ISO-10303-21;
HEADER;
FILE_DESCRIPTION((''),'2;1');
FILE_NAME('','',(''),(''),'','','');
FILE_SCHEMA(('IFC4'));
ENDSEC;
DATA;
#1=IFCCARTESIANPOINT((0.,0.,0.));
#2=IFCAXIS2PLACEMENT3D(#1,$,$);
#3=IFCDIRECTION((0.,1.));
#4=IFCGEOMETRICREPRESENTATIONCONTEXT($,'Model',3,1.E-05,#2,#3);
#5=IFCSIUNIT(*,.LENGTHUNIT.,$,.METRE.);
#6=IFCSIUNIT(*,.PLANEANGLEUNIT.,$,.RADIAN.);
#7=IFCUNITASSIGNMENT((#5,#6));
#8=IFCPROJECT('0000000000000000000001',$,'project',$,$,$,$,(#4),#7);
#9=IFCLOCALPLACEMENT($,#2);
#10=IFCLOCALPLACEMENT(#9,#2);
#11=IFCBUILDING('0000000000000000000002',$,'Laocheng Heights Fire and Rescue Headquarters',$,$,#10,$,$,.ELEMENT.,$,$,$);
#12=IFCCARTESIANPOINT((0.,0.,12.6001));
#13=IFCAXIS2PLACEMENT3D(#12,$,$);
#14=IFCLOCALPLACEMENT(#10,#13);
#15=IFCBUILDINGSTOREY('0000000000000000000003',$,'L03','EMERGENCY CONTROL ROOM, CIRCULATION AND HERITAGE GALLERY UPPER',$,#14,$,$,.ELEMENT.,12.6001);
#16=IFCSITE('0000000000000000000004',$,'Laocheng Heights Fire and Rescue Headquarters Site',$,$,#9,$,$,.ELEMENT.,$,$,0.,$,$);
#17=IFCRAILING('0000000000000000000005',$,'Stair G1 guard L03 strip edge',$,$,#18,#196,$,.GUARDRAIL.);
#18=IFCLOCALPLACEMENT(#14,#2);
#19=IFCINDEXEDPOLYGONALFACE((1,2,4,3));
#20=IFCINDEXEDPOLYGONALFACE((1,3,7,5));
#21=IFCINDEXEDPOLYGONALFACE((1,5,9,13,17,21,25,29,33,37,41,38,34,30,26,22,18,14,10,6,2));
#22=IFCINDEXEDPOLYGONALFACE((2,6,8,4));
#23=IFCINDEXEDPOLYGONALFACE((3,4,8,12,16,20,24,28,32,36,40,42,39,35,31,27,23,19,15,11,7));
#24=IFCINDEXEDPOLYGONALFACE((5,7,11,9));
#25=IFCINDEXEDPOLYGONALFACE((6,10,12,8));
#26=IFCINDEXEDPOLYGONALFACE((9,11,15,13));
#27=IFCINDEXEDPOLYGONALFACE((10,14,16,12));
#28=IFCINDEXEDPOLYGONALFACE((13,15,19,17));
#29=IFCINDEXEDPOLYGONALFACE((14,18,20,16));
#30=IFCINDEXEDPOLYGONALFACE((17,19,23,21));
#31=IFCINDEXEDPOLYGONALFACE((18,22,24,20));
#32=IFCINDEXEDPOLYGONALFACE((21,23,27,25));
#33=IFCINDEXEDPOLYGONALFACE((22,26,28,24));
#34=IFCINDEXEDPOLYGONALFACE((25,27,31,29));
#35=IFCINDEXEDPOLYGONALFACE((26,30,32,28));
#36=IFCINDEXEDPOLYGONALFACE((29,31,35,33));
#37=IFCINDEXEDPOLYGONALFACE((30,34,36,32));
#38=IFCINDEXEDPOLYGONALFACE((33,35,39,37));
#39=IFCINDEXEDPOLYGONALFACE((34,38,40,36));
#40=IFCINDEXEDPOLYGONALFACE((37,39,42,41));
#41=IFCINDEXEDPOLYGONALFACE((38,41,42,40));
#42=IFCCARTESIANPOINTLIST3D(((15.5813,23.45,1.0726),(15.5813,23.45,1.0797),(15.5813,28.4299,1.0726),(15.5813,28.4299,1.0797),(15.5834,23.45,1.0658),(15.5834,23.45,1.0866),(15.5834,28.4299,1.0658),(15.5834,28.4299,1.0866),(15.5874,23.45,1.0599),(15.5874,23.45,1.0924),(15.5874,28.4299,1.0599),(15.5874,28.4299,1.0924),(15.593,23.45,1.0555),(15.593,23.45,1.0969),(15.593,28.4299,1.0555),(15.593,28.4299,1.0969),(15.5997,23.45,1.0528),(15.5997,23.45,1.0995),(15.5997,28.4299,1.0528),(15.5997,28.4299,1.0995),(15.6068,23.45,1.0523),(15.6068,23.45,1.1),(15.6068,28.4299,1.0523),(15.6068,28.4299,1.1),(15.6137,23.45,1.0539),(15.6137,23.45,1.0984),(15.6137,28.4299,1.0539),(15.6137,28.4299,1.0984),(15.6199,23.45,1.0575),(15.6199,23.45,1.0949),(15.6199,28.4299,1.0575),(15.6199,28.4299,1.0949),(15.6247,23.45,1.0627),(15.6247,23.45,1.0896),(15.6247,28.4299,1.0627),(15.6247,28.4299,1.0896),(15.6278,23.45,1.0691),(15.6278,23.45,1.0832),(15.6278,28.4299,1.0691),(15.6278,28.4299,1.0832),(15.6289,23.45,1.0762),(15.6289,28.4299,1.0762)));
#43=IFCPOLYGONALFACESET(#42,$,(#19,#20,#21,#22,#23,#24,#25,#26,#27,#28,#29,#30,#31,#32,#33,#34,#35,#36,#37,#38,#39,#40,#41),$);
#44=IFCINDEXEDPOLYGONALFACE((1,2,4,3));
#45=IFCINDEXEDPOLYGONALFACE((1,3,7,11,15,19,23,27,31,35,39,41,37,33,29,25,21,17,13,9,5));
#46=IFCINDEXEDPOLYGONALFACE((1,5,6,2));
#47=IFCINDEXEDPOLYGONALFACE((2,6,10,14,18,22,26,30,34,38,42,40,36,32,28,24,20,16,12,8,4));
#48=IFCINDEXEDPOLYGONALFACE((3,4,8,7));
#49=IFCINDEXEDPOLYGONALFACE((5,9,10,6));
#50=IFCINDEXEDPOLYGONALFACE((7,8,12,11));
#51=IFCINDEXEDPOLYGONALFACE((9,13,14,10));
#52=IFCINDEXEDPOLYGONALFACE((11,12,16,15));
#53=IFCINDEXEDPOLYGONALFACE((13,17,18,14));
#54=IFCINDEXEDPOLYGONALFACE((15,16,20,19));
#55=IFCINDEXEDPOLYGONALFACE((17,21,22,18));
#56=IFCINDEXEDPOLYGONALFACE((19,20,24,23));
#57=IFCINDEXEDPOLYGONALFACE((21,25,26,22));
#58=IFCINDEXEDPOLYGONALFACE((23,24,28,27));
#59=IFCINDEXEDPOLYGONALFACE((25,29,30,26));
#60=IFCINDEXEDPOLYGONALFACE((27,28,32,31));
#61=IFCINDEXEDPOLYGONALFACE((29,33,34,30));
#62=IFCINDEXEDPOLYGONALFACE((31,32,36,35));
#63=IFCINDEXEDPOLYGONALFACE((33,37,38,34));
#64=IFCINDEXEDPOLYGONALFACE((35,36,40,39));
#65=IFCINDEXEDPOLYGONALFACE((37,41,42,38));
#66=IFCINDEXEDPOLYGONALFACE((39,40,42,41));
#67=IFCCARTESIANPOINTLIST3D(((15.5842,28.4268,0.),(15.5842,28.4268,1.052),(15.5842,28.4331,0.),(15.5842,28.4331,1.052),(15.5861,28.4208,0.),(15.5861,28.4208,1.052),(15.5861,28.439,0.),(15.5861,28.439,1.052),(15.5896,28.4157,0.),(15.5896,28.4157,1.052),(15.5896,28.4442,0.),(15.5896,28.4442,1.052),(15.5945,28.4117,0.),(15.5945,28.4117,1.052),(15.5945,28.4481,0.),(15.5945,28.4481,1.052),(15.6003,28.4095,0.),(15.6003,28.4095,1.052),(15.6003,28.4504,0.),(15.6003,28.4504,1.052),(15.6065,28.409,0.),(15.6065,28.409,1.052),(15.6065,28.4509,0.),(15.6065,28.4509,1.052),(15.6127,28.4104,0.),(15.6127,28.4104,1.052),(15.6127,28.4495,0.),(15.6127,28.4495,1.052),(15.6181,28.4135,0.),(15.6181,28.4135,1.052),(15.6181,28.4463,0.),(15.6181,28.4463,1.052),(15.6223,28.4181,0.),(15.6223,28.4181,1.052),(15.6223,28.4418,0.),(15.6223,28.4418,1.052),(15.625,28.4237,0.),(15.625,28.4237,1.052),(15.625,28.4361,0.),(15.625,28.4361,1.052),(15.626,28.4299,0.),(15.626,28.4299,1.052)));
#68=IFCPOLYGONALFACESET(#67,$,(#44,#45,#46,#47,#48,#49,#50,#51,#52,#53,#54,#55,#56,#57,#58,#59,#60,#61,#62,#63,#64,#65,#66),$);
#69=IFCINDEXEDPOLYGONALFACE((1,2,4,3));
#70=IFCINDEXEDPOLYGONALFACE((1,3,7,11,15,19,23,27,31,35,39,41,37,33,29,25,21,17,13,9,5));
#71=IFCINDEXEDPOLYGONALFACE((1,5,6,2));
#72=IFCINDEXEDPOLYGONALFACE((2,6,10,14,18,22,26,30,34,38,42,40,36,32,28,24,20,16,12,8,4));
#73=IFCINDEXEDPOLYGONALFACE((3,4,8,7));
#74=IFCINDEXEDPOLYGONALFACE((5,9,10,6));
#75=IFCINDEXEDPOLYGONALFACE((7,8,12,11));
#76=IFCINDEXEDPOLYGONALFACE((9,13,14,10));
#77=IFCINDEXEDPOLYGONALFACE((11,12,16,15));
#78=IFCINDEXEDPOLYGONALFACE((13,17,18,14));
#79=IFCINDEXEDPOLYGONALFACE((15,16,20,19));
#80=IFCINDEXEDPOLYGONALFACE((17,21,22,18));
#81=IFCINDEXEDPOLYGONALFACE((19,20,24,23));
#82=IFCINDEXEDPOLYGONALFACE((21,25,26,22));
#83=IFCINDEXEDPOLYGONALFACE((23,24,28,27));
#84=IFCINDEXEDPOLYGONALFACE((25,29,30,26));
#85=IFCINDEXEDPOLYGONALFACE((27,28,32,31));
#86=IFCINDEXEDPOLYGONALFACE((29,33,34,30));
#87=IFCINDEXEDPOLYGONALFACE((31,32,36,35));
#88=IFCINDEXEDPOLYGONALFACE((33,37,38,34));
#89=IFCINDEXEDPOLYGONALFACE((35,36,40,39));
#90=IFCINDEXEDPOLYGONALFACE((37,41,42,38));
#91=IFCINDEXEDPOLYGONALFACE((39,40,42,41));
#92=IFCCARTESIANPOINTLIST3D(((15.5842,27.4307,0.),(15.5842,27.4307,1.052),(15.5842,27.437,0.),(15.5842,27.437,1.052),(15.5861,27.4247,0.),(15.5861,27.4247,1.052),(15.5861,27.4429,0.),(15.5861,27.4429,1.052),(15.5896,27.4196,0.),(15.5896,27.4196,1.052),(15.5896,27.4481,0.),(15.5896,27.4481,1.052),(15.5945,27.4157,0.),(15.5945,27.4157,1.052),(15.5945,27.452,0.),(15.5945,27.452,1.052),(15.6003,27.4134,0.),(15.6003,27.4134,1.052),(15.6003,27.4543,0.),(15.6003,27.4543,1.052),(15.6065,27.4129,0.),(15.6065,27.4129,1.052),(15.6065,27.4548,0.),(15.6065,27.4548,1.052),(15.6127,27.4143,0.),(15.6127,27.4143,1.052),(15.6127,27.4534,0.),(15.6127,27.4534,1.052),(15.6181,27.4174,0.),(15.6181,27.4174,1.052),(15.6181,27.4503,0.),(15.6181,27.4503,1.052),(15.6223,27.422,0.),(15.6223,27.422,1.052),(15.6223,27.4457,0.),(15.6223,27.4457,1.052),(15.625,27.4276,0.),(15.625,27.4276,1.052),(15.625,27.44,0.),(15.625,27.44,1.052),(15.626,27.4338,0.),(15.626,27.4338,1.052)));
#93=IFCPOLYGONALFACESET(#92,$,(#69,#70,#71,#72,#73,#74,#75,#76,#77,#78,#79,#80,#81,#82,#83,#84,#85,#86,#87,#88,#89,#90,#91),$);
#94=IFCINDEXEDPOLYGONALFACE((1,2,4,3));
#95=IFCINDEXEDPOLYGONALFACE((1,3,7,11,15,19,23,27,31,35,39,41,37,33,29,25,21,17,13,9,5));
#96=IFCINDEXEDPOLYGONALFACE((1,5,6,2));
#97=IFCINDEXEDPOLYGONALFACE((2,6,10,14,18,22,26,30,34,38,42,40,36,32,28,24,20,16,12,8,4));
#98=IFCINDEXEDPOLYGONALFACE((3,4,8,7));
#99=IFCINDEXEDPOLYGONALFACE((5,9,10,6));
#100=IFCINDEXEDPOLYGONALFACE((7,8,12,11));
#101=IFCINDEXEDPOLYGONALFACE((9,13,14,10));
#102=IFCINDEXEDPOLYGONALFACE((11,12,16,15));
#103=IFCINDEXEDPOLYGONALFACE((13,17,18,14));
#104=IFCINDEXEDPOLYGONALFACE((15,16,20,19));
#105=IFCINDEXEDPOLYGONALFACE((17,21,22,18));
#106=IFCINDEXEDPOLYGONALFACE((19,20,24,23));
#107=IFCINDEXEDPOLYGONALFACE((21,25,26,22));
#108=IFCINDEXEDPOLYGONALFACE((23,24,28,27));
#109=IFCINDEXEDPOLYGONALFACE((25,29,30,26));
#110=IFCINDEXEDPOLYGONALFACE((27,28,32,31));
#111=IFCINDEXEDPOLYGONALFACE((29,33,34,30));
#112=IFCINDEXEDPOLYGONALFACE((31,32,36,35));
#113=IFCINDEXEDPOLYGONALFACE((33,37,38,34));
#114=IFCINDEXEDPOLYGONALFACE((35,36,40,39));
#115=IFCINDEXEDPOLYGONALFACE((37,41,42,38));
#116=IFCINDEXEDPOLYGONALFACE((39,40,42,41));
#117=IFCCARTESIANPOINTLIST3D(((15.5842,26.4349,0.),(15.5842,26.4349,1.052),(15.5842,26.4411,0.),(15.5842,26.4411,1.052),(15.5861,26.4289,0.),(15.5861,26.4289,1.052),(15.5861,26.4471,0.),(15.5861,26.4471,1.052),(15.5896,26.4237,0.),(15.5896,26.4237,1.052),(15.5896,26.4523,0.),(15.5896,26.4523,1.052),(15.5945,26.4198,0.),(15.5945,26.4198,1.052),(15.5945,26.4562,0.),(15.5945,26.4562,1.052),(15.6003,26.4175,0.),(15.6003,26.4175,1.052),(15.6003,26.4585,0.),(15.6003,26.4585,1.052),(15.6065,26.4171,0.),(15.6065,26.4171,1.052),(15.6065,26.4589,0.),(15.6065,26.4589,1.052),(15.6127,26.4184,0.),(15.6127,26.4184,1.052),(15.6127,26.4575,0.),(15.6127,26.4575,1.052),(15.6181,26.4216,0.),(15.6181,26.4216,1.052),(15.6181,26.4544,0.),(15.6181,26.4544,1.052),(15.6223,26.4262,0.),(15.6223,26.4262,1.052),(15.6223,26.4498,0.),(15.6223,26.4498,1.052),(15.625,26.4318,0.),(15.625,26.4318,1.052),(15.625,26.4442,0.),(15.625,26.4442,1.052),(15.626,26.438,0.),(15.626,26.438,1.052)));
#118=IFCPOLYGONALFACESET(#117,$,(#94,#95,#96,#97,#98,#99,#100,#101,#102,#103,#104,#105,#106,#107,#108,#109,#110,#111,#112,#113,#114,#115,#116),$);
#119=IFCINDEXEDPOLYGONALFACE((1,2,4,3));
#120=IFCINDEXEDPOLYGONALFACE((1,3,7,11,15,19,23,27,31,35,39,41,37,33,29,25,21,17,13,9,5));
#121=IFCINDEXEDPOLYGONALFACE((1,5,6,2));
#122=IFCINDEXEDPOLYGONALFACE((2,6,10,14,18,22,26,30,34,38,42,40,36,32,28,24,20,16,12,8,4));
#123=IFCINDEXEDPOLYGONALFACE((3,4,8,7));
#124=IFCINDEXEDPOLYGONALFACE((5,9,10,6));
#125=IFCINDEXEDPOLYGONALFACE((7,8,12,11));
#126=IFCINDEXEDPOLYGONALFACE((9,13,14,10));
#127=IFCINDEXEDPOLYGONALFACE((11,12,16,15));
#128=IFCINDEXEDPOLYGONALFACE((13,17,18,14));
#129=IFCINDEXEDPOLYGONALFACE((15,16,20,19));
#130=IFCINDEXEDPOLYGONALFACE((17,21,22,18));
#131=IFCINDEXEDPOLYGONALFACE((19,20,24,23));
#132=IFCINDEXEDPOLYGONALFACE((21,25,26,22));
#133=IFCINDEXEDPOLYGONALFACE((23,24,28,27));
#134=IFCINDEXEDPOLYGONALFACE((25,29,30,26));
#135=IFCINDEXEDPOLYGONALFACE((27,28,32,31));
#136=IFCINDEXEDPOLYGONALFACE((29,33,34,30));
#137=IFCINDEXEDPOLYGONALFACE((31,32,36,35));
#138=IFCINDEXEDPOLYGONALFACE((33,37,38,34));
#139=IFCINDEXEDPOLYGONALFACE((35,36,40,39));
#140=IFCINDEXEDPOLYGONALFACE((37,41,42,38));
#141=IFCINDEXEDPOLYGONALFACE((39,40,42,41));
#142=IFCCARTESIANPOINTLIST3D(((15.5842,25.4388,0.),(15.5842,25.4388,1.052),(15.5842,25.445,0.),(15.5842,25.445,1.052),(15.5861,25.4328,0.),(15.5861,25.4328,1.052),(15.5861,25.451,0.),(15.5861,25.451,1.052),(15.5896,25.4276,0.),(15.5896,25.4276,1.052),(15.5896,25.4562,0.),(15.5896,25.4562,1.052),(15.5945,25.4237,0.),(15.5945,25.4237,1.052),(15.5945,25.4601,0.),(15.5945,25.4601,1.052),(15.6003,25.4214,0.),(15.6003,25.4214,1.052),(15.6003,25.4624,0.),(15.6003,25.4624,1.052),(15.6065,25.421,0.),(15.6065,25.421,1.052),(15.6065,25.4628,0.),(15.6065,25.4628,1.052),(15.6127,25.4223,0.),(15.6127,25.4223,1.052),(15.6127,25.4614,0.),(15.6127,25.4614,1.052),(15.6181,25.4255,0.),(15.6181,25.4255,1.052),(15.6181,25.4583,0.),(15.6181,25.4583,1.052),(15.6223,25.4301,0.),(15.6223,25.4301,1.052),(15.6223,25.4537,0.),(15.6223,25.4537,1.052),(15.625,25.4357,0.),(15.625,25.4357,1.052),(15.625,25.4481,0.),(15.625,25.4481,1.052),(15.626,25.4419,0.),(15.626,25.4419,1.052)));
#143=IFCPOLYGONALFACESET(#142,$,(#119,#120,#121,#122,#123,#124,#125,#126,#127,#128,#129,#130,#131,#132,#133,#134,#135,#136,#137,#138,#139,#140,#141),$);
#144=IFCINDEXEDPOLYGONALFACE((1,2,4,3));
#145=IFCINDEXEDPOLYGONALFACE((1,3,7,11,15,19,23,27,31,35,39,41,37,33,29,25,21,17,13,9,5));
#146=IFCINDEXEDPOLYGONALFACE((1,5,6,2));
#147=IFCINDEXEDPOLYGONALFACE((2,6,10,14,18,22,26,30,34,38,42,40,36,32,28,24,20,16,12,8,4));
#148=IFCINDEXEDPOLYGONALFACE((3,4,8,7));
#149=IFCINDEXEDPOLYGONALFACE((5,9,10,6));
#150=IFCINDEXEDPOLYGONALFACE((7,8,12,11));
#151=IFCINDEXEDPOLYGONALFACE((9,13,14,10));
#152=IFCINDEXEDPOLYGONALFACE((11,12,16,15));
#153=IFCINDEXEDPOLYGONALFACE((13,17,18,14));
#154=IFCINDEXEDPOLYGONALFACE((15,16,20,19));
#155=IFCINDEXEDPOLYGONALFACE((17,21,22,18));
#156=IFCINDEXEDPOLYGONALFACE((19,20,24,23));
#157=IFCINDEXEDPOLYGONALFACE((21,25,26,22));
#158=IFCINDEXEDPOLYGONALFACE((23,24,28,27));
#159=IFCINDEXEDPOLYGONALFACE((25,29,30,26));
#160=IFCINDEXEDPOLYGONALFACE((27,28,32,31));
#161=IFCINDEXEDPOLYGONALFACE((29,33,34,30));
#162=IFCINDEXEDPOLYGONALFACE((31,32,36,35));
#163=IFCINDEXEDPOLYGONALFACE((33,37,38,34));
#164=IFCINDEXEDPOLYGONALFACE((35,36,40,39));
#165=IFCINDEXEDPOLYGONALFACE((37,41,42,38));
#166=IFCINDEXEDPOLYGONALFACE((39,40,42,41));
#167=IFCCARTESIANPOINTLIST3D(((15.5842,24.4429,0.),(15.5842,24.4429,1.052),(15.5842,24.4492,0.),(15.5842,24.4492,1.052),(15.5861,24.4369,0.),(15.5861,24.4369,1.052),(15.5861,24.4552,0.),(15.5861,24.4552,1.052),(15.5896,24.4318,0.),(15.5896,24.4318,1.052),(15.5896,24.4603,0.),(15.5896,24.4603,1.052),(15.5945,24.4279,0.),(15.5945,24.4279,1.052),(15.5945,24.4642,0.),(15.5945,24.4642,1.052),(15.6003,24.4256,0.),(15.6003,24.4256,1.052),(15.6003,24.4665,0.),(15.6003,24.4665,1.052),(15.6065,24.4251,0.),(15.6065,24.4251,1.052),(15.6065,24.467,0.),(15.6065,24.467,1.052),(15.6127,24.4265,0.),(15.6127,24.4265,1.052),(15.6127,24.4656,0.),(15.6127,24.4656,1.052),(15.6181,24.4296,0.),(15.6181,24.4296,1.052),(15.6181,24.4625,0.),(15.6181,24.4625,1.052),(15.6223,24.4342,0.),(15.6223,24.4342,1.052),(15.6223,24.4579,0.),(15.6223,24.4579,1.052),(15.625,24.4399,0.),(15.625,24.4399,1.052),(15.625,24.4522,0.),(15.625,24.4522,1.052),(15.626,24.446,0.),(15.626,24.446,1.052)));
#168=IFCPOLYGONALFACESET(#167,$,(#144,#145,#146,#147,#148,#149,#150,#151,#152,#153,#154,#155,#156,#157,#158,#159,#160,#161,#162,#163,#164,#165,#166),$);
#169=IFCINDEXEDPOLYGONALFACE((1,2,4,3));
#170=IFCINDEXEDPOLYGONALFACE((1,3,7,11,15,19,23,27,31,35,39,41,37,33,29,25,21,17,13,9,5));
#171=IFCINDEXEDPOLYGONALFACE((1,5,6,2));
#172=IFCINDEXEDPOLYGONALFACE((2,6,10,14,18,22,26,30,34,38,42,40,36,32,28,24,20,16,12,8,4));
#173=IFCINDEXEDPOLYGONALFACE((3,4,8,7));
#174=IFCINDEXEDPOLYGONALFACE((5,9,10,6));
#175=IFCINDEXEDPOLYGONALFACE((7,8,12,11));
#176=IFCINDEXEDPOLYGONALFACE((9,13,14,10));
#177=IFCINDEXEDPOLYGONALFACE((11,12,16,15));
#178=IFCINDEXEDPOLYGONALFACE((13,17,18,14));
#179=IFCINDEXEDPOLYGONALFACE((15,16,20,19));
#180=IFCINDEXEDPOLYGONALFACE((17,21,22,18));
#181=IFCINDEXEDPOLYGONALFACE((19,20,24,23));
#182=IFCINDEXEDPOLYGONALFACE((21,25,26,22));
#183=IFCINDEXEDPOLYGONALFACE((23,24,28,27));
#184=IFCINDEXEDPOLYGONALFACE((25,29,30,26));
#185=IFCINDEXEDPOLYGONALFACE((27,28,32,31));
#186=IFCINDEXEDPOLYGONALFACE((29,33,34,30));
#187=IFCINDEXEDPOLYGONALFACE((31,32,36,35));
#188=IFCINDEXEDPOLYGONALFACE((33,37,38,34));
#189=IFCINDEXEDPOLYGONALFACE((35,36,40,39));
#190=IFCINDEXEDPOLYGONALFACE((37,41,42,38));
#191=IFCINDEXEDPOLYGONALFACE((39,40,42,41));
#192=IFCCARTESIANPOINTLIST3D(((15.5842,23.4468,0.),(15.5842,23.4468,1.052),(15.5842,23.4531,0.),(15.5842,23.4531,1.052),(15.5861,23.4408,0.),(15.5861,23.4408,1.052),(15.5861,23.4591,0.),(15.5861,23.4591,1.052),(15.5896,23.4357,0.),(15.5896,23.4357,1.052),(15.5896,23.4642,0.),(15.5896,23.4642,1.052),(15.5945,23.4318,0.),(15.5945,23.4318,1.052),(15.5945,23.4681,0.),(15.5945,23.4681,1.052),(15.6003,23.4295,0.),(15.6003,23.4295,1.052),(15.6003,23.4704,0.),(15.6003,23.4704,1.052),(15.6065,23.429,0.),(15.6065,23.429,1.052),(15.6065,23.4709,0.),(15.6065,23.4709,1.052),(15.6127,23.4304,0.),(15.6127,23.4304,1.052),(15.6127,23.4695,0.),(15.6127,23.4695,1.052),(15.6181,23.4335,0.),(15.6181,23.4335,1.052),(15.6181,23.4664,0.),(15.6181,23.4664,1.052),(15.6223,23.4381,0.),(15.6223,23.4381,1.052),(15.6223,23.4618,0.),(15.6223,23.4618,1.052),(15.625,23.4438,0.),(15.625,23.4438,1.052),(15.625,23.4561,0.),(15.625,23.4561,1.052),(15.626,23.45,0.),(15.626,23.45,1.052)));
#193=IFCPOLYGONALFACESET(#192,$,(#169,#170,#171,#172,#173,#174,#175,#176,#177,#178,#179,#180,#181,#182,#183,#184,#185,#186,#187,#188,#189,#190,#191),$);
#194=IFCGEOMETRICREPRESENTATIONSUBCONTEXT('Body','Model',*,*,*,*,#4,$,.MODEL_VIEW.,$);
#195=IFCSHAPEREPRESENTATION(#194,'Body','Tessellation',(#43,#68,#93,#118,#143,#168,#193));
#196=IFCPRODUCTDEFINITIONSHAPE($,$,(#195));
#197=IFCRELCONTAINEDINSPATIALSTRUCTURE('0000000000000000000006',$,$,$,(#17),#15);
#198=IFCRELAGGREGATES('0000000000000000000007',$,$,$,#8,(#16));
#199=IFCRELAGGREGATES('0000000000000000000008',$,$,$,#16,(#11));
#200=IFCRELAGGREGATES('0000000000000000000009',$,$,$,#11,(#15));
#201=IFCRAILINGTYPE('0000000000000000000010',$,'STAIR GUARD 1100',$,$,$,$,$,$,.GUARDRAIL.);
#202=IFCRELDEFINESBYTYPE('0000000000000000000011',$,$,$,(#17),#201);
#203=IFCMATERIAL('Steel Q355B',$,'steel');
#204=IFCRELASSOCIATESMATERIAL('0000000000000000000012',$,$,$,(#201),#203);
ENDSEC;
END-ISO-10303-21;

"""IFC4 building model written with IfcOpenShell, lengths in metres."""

from ifc_helpers import new_model, si_unit, direction, frame, origin, origin_2d, place, context, subcontext, project, spatial, circle, extrude, material, type_object, element, save


model = new_model("IFC4")

# Units and contexts
model_context = context("Model", 3, precision=1e-05, world=origin(), true_north=direction((0.0, 1.0)))
body_context = subcontext(model_context, "Body", "Model", "MODEL_VIEW")
ifc_project = project(units=[si_unit("LENGTHUNIT", "METRE"), si_unit("PLANEANGLEUNIT", "RADIAN")], contexts=[model_context])

# Site, building, storey
site_placement = place(None, origin())
site = spatial("IfcSite", under=ifc_project, at=site_placement, Name="Laocheng Heights Fire and Rescue Headquarters Site", CompositionType="ELEMENT", RefElevation=0.0)
building_placement = place(site_placement, origin())
building = spatial("IfcBuilding", under=site, at=building_placement, Name="Laocheng Heights Fire and Rescue Headquarters", CompositionType="ELEMENT")
storey_placement = place(building_placement, frame((0.0, 0.0, 12.6001)))
storey = spatial("IfcBuildingStorey", under=building, at=storey_placement, Name="L03", Description="EMERGENCY CONTROL ROOM, CIRCULATION AND HERITAGE GALLERY UPPER", CompositionType="ELEMENT", Elevation=12.6001)

# Railing
ifc_material_1 = material(Name="Steel Q355B", Category="steel")
railing_type = type_object("IfcRailingType", Name="STAIR GUARD 1100", PredefinedType="GUARDRAIL", material=ifc_material_1)
railing_1_placement = place(storey_placement, frame((15.605, 28.4299, 0.0)))
element("IfcRailing", 1, at=railing_1_placement, inside=storey, type_object=railing_type, Name="Stair G1 guard L03 strip edge", PredefinedType="GUARDRAIL", context=body_context, shape_type="SweptSolid", body=[
    extrude(circle(Radius=0.0239, at=origin_2d()), frame((0.0, 0.0, 1.0762), z_axis=(0.0, -1.0, 0.0), x_axis=(1.0, 0.0, 0.0)), (0.0, 0.0, 1.0), 4.98),
    extrude(circle(Radius=0.021, at=origin_2d()), origin(), (0.0, 0.0, 1.0), 1.052),
    extrude(circle(Radius=0.021, at=origin_2d()), frame((0.0, -0.9961, 0.0)), (0.0, 0.0, 1.0), 1.052),
    extrude(circle(Radius=0.021, at=origin_2d()), frame((0.0, -1.9919, 0.0)), (0.0, 0.0, 1.0), 1.052),
    extrude(circle(Radius=0.021, at=origin_2d()), frame((0.0, -2.988, 0.0)), (0.0, 0.0, 1.0), 1.052),
    extrude(circle(Radius=0.021, at=origin_2d()), frame((0.0, -3.9839, 0.0)), (0.0, 0.0, 1.0), 1.052),
    extrude(circle(Radius=0.021, at=origin_2d()), frame((0.0, -4.98, 0.0)), (0.0, 0.0, 1.0), 1.052),
])

save(model, "model.ifc")
